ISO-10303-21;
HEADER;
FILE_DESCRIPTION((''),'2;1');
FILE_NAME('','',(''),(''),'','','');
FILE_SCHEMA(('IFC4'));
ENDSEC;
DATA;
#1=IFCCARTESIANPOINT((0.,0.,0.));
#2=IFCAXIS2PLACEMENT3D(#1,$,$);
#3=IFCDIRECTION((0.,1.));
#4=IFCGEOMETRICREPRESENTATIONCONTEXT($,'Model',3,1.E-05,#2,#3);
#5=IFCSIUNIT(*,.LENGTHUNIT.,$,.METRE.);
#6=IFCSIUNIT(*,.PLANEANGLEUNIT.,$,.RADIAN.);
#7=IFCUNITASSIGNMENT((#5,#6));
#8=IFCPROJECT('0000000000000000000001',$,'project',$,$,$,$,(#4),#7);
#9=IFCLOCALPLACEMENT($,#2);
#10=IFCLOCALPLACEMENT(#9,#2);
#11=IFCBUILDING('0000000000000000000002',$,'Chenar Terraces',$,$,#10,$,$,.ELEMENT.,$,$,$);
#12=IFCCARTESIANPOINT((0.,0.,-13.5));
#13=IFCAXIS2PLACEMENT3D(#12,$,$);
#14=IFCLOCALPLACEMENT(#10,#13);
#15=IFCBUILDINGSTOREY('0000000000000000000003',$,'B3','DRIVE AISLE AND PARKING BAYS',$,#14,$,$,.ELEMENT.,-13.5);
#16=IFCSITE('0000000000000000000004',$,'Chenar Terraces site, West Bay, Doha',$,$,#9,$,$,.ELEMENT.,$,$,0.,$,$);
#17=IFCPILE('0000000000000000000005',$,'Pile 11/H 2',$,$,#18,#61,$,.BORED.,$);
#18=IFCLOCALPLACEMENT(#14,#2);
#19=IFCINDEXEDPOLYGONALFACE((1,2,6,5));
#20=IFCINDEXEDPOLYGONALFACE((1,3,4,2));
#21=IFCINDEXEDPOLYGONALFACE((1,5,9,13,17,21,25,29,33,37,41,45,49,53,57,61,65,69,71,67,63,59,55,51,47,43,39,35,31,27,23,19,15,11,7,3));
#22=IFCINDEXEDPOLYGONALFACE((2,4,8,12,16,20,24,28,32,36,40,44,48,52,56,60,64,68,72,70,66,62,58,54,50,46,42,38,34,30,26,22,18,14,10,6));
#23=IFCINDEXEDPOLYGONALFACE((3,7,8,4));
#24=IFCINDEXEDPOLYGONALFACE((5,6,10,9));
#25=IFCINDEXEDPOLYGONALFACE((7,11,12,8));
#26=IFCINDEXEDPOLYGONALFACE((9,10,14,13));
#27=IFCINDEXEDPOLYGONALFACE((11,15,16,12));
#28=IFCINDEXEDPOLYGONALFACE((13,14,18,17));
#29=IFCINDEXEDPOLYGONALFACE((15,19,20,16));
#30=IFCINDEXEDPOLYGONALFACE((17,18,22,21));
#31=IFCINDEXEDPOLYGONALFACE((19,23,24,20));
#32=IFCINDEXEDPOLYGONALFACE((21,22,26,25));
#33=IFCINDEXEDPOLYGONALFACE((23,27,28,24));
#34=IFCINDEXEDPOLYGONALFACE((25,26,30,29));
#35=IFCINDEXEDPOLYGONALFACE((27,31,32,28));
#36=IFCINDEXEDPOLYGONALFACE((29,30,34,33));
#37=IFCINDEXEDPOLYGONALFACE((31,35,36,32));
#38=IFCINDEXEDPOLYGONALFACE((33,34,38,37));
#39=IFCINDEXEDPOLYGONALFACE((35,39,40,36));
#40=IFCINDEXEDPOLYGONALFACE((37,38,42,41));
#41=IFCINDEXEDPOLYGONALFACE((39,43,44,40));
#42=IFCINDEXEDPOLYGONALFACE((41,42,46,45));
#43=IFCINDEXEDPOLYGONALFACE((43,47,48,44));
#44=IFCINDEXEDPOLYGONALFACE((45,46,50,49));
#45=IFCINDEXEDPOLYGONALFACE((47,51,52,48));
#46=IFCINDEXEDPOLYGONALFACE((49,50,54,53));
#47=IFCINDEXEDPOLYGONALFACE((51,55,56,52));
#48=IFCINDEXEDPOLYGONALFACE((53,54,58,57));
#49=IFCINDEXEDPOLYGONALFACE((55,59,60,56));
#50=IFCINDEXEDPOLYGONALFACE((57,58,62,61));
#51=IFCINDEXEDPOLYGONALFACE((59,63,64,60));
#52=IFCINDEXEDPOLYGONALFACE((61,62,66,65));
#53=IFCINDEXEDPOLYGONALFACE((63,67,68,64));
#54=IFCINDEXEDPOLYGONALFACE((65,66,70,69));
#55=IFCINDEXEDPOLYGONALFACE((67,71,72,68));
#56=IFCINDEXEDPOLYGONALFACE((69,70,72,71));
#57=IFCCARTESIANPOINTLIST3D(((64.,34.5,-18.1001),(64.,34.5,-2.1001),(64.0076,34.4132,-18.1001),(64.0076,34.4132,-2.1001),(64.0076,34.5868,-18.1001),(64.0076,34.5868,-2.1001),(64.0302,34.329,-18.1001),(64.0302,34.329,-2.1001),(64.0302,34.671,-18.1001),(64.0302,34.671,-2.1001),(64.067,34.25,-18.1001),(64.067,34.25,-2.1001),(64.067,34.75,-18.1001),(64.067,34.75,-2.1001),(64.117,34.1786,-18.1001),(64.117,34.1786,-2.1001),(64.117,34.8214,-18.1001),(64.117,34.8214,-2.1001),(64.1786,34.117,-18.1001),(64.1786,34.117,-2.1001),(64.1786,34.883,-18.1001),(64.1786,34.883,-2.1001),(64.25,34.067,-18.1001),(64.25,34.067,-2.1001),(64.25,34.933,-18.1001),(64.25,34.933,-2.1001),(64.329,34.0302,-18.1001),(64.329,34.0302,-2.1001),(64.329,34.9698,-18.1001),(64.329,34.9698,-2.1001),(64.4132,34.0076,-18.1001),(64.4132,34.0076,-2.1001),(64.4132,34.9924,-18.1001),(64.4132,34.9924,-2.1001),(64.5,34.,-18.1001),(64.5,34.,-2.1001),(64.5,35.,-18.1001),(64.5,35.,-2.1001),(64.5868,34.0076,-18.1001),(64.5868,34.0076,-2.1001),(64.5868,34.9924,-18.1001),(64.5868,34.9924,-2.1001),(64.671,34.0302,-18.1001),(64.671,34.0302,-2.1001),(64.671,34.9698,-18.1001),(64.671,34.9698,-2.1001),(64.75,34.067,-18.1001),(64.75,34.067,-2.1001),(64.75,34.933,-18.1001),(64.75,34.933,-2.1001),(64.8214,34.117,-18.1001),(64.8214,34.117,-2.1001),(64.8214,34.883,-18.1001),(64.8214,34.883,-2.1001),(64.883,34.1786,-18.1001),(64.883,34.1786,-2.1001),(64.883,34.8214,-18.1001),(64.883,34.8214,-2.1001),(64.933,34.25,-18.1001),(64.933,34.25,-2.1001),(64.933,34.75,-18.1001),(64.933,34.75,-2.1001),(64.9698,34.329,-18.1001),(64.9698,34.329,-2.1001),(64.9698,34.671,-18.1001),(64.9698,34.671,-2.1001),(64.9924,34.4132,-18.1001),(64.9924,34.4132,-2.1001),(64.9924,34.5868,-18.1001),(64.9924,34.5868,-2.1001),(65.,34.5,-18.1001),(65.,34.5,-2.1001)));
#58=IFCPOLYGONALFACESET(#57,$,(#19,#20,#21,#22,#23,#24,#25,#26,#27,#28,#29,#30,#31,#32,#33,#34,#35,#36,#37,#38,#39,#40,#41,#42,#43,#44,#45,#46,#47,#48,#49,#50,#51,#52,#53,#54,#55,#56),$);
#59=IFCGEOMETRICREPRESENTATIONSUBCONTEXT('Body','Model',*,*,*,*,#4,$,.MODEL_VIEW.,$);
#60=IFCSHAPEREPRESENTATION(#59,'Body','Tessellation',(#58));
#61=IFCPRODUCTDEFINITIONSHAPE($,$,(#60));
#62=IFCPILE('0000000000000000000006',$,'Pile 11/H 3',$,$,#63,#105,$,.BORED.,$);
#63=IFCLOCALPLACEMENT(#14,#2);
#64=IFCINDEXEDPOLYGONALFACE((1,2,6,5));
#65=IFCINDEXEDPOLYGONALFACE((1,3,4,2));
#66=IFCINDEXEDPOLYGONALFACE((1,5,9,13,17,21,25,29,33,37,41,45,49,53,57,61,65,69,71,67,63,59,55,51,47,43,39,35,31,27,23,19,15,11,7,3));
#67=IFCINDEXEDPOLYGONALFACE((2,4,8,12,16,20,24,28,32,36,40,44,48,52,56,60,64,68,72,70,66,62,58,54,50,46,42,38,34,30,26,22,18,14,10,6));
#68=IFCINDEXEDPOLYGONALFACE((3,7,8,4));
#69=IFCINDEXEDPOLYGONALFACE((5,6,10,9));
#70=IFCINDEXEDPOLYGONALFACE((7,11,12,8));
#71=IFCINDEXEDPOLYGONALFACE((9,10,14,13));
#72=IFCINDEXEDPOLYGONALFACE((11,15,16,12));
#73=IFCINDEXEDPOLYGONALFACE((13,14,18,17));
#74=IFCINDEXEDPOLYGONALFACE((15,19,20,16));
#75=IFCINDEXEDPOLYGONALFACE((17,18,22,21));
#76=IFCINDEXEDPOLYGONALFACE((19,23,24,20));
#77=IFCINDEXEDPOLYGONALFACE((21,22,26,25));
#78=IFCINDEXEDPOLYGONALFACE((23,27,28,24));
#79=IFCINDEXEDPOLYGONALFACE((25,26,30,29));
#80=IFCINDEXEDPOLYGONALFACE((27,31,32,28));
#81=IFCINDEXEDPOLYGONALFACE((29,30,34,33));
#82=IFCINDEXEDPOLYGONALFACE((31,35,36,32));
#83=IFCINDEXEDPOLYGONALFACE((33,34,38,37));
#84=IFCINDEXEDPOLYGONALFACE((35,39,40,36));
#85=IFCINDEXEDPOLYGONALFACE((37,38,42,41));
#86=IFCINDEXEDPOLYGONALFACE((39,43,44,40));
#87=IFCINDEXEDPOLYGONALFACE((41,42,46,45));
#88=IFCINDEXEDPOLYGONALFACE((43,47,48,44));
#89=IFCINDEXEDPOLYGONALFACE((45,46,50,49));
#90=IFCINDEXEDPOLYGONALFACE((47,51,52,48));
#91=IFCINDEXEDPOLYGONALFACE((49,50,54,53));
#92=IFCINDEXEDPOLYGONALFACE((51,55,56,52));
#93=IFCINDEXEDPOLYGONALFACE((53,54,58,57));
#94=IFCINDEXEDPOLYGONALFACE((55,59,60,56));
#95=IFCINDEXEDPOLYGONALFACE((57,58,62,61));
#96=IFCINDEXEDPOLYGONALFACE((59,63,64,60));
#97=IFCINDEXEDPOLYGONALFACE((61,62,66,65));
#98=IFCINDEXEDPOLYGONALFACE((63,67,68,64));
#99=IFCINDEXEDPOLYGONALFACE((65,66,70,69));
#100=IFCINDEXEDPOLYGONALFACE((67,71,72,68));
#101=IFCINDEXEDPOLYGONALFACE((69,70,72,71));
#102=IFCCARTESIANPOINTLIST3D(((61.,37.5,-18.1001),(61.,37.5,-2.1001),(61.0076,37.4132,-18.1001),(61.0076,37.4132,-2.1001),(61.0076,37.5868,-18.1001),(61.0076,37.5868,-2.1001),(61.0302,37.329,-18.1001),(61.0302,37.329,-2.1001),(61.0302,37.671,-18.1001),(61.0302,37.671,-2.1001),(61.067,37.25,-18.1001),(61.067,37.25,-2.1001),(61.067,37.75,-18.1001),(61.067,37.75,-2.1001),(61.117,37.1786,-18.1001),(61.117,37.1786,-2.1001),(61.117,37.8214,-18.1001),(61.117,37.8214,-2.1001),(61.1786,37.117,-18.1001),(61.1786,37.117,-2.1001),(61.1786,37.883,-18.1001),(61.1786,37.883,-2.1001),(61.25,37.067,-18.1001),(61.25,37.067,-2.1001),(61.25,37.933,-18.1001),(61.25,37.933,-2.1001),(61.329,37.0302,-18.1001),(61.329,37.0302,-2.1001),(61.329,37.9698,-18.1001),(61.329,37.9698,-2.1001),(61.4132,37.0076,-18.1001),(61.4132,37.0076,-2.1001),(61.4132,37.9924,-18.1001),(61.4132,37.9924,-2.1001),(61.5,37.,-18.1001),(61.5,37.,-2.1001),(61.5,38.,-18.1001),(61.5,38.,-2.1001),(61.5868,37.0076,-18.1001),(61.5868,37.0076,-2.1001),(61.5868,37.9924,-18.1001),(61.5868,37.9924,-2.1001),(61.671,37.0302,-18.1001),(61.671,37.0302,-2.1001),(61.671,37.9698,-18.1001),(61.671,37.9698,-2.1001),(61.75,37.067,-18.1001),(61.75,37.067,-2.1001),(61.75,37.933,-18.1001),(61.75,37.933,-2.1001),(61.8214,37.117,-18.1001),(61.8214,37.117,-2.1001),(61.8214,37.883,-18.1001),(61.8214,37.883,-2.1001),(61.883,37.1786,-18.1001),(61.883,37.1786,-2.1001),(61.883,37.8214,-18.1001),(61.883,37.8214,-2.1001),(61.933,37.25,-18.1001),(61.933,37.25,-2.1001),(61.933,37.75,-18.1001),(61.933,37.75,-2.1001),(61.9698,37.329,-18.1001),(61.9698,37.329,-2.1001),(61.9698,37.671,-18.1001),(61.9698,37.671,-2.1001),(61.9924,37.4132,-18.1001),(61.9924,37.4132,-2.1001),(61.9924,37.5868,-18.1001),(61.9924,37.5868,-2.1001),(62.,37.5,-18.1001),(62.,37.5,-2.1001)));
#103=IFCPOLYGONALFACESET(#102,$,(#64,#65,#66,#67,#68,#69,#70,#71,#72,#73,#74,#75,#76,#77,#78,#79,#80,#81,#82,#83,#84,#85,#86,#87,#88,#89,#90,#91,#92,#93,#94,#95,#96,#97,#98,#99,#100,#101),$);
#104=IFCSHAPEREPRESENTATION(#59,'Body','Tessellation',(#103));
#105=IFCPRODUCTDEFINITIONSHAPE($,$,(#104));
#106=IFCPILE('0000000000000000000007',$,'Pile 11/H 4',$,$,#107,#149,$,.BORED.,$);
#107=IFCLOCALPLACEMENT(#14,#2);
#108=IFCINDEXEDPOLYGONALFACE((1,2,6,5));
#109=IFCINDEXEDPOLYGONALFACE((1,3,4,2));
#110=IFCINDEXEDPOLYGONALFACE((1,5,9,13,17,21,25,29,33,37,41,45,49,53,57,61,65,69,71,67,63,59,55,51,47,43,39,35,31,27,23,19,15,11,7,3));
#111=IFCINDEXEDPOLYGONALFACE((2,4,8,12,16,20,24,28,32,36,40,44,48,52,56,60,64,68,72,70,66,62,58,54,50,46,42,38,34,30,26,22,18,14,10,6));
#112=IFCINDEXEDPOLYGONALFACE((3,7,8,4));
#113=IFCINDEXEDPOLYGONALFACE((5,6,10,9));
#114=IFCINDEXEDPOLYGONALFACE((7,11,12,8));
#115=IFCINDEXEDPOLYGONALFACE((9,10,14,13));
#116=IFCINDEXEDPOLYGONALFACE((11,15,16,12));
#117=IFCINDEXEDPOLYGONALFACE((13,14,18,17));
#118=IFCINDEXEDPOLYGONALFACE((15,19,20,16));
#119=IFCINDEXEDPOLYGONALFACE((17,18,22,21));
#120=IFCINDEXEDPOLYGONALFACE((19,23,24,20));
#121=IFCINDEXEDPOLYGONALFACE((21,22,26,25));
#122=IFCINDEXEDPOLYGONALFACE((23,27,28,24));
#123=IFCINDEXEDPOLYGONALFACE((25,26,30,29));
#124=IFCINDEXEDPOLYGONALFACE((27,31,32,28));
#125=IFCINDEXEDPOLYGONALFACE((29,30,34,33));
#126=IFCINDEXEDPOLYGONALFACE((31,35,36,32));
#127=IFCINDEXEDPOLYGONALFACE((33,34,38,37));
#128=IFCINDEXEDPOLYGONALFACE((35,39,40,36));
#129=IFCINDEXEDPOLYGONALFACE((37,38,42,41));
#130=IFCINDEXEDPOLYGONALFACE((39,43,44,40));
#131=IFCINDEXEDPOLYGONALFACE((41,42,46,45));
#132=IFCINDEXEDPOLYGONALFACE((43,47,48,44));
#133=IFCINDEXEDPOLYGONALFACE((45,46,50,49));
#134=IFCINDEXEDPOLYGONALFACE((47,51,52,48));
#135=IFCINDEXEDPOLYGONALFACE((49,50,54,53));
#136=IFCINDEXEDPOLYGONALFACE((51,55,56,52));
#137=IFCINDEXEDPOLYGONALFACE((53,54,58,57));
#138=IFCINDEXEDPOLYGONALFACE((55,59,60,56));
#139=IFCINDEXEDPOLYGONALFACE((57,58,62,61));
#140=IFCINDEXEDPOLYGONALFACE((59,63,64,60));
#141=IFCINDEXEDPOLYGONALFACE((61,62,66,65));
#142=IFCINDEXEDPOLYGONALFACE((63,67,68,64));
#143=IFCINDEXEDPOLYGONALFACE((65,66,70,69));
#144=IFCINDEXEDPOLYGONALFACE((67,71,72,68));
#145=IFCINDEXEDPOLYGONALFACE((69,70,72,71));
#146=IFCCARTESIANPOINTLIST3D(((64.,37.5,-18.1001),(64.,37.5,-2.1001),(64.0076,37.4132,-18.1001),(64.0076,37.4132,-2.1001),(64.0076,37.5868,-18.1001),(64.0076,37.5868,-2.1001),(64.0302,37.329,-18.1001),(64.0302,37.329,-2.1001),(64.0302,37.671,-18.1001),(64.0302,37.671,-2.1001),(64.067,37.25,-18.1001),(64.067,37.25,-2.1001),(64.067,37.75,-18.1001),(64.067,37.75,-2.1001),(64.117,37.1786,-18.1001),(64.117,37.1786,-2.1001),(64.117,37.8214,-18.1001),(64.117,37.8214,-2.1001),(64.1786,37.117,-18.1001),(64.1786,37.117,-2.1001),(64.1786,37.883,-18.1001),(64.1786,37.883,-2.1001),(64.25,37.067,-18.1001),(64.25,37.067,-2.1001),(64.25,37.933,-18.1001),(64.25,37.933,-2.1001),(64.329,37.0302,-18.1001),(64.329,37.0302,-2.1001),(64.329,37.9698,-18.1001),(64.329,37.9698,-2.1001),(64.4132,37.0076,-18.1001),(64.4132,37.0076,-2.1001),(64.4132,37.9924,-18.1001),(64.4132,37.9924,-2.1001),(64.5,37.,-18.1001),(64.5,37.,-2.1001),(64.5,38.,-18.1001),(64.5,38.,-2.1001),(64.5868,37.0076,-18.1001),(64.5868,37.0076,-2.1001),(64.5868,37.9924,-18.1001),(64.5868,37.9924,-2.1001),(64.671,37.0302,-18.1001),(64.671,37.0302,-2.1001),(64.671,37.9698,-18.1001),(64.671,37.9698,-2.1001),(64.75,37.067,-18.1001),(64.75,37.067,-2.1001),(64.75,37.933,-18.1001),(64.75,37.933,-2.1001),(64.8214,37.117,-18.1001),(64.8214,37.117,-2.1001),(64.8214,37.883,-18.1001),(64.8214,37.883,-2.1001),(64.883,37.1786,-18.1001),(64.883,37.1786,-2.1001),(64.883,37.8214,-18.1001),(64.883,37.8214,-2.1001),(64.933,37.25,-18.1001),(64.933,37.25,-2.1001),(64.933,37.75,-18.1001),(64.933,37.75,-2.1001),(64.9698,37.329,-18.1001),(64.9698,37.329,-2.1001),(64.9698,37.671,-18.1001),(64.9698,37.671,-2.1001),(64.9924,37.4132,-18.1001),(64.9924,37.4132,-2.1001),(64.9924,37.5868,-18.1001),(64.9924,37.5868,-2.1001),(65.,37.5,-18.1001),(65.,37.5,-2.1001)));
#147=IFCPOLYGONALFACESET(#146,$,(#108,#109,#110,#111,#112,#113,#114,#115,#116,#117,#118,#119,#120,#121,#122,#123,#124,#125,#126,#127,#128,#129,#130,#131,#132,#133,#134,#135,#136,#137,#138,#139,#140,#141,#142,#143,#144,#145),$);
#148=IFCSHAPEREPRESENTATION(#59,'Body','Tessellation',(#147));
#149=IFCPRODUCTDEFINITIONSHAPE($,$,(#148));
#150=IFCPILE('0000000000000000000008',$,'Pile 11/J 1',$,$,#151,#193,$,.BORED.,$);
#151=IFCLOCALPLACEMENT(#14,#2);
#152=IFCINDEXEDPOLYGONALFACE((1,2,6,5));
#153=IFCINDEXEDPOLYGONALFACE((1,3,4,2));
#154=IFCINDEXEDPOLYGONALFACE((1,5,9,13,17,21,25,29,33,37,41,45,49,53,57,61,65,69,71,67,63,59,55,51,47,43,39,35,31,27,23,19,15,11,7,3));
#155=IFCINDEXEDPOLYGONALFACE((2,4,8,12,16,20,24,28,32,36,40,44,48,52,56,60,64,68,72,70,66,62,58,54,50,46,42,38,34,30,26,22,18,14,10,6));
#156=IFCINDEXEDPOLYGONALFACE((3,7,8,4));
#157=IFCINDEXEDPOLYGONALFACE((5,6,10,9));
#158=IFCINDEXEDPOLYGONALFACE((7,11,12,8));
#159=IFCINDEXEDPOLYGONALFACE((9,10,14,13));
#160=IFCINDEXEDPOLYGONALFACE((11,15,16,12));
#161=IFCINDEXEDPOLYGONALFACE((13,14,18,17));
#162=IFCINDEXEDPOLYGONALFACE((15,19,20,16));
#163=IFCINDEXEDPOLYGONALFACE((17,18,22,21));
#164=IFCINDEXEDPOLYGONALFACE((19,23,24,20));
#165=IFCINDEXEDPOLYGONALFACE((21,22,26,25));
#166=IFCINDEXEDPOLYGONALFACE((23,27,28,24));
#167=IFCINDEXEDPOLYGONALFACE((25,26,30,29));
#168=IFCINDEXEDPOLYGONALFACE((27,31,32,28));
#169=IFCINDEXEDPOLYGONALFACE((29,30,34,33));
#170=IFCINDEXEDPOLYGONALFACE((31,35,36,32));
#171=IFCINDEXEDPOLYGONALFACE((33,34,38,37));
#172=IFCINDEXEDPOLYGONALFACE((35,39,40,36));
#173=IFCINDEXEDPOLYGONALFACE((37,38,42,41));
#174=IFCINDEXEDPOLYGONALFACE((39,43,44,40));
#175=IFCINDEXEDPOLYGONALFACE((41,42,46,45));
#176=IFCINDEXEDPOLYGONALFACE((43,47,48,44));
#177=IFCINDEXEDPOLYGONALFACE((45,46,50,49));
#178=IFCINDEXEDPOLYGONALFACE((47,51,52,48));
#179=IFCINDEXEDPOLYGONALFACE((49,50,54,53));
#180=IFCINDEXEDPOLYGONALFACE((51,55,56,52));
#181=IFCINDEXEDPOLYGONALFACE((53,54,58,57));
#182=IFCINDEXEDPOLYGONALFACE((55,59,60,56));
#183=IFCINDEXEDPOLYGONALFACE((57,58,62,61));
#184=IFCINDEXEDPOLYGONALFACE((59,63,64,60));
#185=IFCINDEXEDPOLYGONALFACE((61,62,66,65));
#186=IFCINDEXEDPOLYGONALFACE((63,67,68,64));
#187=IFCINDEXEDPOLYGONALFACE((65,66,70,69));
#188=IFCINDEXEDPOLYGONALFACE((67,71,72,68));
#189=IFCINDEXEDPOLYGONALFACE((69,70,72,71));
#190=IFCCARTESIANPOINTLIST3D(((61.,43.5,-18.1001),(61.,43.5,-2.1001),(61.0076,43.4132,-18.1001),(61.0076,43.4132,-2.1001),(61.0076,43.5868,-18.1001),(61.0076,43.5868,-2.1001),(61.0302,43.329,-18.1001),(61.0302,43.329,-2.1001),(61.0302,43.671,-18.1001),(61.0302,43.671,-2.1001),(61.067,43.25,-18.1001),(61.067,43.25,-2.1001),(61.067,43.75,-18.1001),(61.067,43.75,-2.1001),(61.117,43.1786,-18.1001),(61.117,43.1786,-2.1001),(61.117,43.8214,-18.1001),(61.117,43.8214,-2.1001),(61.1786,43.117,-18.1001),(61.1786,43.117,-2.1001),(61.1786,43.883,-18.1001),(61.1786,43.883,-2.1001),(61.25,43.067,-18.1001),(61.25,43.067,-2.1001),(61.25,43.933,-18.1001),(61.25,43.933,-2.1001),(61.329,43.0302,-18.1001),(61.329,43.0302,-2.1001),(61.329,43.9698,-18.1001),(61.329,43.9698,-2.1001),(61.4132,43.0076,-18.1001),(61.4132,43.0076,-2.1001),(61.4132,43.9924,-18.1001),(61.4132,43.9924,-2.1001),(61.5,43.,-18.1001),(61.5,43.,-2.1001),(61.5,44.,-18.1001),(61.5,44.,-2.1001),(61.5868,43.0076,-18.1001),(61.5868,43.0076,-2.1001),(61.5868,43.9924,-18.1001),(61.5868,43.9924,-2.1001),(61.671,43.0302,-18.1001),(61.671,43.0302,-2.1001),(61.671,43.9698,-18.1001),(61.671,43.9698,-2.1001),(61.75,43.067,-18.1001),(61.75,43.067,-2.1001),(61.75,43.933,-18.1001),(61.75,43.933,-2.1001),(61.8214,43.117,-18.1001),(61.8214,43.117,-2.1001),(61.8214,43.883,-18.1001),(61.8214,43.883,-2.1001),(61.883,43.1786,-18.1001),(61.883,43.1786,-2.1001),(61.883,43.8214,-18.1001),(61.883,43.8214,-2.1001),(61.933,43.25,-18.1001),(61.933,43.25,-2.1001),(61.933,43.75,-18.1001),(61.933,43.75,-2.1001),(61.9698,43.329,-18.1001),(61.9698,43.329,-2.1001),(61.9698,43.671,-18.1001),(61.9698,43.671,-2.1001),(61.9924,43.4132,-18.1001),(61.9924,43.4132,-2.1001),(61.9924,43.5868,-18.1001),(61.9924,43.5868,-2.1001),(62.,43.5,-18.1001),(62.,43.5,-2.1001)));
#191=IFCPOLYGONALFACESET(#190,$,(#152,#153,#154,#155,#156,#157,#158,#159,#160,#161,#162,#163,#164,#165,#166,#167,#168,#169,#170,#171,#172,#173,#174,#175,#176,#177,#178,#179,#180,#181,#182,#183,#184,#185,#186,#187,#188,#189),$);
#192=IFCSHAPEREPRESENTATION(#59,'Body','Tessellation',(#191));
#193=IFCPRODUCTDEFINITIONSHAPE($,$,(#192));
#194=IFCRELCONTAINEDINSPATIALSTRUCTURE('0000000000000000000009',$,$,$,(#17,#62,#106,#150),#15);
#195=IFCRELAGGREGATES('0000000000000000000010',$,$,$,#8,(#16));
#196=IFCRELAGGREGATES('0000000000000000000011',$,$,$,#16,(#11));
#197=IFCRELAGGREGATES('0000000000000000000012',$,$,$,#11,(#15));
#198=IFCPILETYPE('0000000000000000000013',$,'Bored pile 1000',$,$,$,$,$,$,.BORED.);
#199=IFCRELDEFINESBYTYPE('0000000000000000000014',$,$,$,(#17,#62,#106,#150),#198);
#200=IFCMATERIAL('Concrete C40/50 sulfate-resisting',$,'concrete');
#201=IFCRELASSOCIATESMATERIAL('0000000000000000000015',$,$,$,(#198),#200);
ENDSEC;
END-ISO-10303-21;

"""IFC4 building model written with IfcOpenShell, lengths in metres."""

from ifc_helpers import new_model, si_unit, direction, frame, origin, origin_2d, place, context, subcontext, project, spatial, circle, extrude, material, material_profile, profile_set, type_object, element, save


model = new_model("IFC4")

# Units and contexts
model_context = context("Model", 3, precision=1e-05, world=origin(), true_north=direction((0.0, 1.0)))
body_context = subcontext(model_context, "Body", "Model", "MODEL_VIEW")
ifc_project = project(units=[si_unit("LENGTHUNIT", "METRE"), si_unit("PLANEANGLEUNIT", "RADIAN")], contexts=[model_context])

# Site, building, storey
site_placement = place(None, origin())
site = spatial("IfcSite", under=ifc_project, at=site_placement, Name="Chenar Terraces site, West Bay, Doha", CompositionType="ELEMENT", RefElevation=0.0)
building_placement = place(site_placement, origin())
building = spatial("IfcBuilding", under=site, at=building_placement, Name="Chenar Terraces", CompositionType="ELEMENT")
storey_placement = place(building_placement, frame((0.0, 0.0, -13.5)))
storey = spatial("IfcBuildingStorey", under=building, at=storey_placement, Name="B3", Description="DRIVE AISLE AND PARKING BAYS", CompositionType="ELEMENT", Elevation=-13.5)

# Piles
ifc_material_1 = material(Name="Concrete C40/50 sulfate-resisting", Category="concrete")
ifc_material_profile_1 = material_profile(ifc_material_1, circle(Radius=0.5, at=origin_2d()), Name="BP 1000")
ifc_profile_set_1 = profile_set([ifc_material_profile_1], Name="Concrete C40/50 sulfate-resisting")
pile_type_1 = type_object("IfcPileType", Name="Bored pile 1000", PredefinedType="BORED", material=ifc_profile_set_1)
for number, where, z_axis, x_axis, name in (
    (1, (64.5, 34.5, -2.1001), (0.0, 0.0, -1.0), (1.0, 0.0, 0.0), "Pile 11/H 2"),
    (2, (61.5, 37.5, -2.1001), (0.0, 0.0, -1.0), (1.0, 0.0, 0.0), "Pile 11/H 3"),
    (3, (64.5, 37.5, -2.1001), (0.0, 0.0, -1.0), (1.0, 0.0, 0.0), "Pile 11/H 4"),
    (4, (61.5, 43.5, -2.1001), (0.0, 0.0, -1.0), (1.0, 0.0, 0.0), "Pile 11/J 1"),
):
    element("IfcPile", number, at=place(storey_placement, frame(where, z_axis=z_axis, x_axis=x_axis)), inside=storey, type_object=pile_type_1, Name=name, PredefinedType="BORED", context=body_context, shape_type="SweptSolid", body=[
        extrude(circle(Radius=0.5, at=origin_2d()), origin(), (0.0, 0.0, 1.0), 16.0),
    ])

save(model, "model.ifc")
